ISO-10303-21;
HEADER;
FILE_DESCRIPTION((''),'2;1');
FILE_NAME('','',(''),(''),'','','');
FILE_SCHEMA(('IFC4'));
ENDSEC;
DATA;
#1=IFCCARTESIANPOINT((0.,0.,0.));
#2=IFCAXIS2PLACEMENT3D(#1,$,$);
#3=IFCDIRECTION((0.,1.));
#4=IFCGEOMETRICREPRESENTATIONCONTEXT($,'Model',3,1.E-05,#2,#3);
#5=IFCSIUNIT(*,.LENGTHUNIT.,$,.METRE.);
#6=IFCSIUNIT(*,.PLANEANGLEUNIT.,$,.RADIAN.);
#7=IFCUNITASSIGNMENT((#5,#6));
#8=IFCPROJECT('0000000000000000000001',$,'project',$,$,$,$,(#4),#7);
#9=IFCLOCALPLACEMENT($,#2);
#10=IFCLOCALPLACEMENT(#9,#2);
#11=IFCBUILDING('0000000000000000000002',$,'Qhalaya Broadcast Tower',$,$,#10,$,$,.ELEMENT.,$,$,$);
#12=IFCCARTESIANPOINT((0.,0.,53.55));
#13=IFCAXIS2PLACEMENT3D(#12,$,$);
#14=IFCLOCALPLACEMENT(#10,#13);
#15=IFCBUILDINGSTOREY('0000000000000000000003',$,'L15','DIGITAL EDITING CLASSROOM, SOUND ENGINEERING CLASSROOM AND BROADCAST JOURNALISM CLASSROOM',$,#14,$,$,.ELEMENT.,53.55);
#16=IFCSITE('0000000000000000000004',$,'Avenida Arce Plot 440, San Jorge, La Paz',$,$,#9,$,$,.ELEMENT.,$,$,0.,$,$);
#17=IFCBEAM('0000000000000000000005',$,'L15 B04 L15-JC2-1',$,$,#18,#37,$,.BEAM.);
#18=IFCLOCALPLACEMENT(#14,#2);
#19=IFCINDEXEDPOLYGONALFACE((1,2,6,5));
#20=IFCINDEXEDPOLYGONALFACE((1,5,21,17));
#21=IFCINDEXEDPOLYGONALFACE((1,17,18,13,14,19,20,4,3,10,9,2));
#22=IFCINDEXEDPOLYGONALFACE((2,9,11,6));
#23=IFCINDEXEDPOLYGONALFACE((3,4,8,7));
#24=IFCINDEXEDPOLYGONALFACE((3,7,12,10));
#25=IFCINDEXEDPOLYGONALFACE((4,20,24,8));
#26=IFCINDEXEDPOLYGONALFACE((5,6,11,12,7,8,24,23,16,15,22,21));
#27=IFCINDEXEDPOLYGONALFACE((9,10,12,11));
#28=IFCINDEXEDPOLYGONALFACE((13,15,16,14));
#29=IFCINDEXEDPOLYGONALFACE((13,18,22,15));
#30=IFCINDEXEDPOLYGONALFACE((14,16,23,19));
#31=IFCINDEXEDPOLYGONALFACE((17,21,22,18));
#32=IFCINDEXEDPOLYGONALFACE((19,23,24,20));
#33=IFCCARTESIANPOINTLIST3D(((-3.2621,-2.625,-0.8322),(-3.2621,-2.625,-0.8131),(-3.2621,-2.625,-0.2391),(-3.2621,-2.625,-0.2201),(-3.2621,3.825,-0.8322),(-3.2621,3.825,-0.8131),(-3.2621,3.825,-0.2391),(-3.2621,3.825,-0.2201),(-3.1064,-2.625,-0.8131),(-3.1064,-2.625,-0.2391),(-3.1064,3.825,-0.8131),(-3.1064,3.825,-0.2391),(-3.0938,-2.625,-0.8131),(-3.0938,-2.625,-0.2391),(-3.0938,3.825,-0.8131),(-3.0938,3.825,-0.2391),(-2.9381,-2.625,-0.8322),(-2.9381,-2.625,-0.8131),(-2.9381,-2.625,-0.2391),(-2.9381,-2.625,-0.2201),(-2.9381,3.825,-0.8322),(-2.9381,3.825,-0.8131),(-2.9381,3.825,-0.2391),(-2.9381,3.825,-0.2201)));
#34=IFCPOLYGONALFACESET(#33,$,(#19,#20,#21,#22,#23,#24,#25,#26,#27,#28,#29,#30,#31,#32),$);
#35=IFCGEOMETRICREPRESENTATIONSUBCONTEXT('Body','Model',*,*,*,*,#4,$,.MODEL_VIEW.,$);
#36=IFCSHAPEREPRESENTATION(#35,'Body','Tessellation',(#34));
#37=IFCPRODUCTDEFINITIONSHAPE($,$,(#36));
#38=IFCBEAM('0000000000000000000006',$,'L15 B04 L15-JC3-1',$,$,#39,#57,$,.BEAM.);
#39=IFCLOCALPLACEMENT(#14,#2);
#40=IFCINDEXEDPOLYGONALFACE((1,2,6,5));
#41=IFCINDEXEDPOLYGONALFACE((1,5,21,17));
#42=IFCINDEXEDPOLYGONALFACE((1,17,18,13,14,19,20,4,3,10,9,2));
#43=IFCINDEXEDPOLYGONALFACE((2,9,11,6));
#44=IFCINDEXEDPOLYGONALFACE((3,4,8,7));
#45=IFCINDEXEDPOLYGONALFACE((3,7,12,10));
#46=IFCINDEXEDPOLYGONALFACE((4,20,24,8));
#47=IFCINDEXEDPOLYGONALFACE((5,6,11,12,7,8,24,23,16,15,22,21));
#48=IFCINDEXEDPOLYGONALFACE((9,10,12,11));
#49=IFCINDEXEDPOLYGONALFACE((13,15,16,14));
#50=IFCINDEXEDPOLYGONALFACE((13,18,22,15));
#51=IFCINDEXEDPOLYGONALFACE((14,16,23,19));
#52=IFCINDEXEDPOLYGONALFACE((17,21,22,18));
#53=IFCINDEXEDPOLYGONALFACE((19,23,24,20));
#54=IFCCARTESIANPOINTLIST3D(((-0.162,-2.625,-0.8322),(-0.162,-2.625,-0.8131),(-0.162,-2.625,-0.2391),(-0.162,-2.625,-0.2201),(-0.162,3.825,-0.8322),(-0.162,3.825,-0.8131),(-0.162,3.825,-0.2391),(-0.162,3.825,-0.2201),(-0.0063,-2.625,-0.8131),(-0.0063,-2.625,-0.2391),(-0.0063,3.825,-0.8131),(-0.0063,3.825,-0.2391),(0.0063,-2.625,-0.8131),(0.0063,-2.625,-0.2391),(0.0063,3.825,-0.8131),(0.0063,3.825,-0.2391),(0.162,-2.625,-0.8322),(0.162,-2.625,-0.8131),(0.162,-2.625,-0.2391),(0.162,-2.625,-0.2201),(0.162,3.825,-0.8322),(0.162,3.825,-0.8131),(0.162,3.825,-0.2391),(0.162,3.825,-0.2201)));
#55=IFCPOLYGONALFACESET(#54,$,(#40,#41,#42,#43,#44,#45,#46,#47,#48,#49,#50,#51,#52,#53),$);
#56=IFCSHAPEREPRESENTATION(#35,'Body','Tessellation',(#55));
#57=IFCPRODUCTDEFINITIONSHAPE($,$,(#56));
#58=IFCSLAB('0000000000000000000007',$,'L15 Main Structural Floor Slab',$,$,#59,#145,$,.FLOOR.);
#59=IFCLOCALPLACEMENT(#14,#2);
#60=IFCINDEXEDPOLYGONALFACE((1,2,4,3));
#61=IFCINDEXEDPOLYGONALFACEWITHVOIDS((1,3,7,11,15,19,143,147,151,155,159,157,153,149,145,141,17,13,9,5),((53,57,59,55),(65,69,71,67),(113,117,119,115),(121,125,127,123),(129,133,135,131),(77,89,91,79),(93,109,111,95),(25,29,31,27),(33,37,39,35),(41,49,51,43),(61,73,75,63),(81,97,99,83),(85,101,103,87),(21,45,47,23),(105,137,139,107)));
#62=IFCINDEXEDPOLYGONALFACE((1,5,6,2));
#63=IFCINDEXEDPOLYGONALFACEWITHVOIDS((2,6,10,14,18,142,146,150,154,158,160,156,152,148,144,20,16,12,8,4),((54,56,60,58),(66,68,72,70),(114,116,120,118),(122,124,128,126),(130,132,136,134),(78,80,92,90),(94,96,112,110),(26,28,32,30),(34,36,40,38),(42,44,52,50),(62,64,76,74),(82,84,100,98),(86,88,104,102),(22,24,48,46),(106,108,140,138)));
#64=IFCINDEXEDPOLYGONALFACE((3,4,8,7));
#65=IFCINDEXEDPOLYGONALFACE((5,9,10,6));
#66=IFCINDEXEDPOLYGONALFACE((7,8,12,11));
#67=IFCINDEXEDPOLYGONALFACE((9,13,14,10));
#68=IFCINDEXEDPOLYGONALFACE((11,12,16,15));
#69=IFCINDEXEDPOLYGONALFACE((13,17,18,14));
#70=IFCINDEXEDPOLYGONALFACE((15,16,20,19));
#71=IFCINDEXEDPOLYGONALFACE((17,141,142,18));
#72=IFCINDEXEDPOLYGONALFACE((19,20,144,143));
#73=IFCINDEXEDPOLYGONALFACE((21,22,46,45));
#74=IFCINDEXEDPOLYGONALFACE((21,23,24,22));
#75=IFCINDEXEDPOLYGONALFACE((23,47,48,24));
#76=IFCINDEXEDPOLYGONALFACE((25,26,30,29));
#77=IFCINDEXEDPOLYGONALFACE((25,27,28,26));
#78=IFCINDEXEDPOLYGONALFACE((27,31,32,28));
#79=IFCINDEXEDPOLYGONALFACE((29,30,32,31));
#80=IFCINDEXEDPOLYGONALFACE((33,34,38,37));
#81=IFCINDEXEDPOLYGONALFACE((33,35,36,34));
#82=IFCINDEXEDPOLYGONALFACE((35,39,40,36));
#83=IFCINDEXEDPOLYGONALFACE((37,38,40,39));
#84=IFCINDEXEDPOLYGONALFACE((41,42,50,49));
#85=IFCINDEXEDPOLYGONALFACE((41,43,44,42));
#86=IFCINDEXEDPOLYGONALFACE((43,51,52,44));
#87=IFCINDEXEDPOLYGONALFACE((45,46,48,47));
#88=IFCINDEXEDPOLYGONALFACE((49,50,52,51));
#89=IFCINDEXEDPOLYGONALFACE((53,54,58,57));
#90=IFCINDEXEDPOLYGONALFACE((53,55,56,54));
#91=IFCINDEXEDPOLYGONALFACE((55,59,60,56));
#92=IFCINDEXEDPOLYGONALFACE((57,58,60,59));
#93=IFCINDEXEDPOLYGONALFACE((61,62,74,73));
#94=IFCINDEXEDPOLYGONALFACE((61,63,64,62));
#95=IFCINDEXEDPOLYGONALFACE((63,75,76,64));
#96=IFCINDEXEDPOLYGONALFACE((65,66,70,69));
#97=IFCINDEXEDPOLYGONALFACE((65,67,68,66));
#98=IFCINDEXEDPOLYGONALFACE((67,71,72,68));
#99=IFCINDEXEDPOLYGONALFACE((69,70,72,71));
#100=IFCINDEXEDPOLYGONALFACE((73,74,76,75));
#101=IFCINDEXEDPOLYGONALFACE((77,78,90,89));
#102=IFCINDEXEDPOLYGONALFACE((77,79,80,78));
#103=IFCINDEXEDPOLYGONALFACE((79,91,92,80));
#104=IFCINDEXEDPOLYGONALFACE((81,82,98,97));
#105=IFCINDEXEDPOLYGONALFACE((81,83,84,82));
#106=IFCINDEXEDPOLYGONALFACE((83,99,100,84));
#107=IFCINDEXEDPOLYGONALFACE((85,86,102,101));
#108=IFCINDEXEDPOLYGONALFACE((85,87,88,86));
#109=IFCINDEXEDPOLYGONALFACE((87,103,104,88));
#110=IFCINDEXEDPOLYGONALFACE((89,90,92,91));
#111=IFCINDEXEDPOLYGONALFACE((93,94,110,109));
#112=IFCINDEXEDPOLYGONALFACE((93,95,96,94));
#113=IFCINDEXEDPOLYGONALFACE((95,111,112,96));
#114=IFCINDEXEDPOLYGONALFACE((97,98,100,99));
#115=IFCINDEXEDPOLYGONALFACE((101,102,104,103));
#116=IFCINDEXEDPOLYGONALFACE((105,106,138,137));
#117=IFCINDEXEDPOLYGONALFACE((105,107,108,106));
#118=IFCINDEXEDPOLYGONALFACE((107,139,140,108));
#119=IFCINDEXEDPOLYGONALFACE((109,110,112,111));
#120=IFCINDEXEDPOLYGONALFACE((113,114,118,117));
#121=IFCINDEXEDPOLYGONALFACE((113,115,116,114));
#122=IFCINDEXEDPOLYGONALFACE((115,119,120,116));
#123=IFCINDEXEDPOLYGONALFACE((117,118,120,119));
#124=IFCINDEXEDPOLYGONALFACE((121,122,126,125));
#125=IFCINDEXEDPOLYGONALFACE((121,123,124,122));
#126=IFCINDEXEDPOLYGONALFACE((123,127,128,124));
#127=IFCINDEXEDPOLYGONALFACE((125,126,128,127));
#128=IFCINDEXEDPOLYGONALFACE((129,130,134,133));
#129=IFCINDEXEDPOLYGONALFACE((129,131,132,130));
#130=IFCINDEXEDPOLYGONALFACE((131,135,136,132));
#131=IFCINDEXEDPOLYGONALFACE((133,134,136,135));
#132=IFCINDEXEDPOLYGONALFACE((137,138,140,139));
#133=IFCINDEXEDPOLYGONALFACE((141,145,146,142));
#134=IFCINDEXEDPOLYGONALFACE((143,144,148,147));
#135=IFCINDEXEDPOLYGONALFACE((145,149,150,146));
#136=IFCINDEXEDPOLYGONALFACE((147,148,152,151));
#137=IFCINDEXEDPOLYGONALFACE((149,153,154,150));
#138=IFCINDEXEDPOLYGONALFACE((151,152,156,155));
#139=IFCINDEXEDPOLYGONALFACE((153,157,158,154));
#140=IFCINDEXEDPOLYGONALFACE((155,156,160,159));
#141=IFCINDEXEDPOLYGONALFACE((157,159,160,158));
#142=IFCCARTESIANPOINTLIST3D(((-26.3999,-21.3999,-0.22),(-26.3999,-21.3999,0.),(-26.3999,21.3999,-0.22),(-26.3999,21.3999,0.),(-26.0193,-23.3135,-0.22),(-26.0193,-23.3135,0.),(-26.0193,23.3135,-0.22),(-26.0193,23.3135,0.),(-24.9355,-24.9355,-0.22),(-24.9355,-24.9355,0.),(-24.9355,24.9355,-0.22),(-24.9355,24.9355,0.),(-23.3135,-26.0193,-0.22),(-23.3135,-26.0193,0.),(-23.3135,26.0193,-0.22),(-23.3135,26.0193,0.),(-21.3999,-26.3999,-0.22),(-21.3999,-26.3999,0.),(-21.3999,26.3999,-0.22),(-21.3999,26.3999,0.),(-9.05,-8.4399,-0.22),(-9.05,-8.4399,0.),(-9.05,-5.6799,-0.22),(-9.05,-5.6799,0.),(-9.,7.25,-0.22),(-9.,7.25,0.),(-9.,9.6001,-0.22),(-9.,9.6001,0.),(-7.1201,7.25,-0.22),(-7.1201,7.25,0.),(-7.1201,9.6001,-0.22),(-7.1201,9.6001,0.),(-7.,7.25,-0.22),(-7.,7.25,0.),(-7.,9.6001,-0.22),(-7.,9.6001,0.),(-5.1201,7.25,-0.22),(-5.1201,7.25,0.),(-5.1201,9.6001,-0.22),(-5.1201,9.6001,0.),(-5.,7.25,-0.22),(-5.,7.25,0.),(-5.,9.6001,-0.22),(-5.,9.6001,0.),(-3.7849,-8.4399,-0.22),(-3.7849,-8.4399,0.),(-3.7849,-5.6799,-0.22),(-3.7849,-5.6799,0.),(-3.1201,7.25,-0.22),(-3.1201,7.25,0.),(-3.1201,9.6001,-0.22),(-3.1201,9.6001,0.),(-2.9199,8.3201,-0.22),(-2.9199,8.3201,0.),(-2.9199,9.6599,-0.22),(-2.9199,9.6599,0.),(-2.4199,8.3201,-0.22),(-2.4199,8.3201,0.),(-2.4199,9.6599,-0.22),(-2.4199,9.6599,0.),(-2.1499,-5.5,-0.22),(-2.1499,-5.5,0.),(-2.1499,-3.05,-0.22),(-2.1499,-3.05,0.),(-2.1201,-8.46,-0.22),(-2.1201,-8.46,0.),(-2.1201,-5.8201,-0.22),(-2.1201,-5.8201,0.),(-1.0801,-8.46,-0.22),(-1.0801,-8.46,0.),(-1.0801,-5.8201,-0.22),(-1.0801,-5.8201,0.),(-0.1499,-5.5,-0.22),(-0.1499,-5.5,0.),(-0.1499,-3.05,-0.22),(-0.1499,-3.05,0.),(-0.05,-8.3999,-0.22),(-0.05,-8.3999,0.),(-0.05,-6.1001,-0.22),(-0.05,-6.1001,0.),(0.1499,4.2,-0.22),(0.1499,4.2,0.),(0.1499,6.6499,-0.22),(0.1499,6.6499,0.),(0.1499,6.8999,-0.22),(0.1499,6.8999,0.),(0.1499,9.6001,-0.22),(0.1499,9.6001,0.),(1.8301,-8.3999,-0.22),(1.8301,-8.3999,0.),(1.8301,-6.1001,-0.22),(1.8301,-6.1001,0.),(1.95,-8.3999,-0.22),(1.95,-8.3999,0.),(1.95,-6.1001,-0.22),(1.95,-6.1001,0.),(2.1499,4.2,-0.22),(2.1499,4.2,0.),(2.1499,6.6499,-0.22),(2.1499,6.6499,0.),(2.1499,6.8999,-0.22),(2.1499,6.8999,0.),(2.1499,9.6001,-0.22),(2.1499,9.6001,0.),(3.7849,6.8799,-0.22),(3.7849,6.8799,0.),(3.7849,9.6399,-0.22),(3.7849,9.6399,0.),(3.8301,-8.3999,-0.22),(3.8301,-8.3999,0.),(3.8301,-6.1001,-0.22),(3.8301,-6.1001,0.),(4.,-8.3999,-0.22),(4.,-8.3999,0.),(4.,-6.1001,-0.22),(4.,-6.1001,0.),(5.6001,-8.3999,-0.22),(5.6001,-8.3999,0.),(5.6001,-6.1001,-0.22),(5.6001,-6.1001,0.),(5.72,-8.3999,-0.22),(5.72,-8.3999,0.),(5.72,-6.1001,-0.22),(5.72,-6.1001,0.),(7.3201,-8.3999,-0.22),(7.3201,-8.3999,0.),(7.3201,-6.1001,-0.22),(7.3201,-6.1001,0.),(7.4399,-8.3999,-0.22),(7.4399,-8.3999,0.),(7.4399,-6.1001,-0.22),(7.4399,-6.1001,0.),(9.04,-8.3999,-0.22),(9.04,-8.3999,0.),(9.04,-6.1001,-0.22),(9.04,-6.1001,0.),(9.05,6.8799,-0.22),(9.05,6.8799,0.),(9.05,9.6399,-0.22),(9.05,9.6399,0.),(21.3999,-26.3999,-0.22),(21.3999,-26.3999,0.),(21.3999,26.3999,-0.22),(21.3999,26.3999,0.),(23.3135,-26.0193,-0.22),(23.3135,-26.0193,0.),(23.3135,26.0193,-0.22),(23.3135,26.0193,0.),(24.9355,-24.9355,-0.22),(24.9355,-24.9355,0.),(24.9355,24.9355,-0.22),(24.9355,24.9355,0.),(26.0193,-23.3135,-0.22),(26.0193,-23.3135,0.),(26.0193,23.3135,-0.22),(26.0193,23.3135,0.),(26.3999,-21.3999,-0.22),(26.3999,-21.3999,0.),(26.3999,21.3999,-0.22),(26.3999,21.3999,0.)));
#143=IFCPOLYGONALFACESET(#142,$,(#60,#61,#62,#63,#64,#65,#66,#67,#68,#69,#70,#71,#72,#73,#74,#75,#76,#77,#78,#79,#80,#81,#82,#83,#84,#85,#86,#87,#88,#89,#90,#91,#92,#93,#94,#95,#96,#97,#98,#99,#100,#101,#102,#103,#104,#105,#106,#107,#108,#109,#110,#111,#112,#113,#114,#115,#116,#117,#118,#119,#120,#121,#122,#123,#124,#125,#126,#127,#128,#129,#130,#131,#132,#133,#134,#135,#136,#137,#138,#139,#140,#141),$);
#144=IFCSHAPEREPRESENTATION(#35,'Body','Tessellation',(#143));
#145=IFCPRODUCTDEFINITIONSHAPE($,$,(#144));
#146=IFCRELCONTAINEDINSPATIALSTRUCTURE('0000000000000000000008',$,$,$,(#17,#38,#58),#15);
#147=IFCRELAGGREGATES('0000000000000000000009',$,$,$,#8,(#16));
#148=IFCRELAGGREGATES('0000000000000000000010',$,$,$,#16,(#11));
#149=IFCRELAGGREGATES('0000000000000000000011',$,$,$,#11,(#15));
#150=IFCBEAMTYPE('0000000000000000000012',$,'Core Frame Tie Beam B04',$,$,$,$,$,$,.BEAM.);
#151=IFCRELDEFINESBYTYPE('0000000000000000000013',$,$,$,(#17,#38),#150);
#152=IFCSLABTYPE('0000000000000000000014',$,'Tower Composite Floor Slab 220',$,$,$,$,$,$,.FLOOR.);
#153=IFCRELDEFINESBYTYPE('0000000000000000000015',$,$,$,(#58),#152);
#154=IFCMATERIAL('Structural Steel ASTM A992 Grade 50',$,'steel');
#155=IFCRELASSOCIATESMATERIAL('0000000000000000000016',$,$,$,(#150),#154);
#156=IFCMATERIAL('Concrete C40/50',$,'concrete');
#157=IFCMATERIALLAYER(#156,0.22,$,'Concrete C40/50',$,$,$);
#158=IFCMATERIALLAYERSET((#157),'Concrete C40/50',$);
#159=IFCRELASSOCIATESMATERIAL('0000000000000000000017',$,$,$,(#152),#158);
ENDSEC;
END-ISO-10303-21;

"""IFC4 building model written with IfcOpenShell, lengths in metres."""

from ifc_helpers import new_model, si_unit, direction, frame, origin, origin_2d, place, context, subcontext, project, spatial, polyline, i_section, outline, extrude, material, layer, layer_set, material_profile, profile_set, type_object, element, save


model = new_model("IFC4")

# Units and contexts
model_context = context("Model", 3, precision=1e-05, world=origin(), true_north=direction((0.0, 1.0)))
body_context = subcontext(model_context, "Body", "Model", "MODEL_VIEW")
ifc_project = project(units=[si_unit("LENGTHUNIT", "METRE"), si_unit("PLANEANGLEUNIT", "RADIAN")], contexts=[model_context])

# Site, building, storey
site_placement = place(None, origin())
site = spatial("IfcSite", under=ifc_project, at=site_placement, Name="Avenida Arce Plot 440, San Jorge, La Paz", CompositionType="ELEMENT", RefElevation=0.0)
building_placement = place(site_placement, origin())
building = spatial("IfcBuilding", under=site, at=building_placement, Name="Qhalaya Broadcast Tower", CompositionType="ELEMENT")
storey_placement = place(building_placement, frame((0.0, 0.0, 53.55)))
storey = spatial("IfcBuildingStorey", under=building, at=storey_placement, Name="L15", Description="DIGITAL EDITING CLASSROOM, SOUND ENGINEERING CLASSROOM AND BROADCAST JOURNALISM CLASSROOM", CompositionType="ELEMENT", Elevation=53.55)

# Beams
ifc_material_1 = material(Name="Structural Steel ASTM A992 Grade 50", Category="steel")
ifc_material_profile = material_profile(ifc_material_1, i_section(OverallWidth=0.324, OverallDepth=0.6121, WebThickness=0.0127, FlangeThickness=0.019, at=origin_2d()), Name="W24X104")
ifc_profile_set = profile_set([ifc_material_profile], Name="Structural Steel ASTM A992 Grade 50")
beam_type = type_object("IfcBeamType", Name="Core Frame Tie Beam B04", PredefinedType="BEAM", material=ifc_profile_set)
for number, where, z_axis, x_axis, name in (
    (1, (-3.1001, -2.625, -0.5261), (0.0, 1.0, 0.0), (-1.0, 0.0, 0.0), "L15 B04 L15-JC2-1"),
    (2, (0.0, -2.625, -0.5261), (0.0, 1.0, 0.0), (-1.0, 0.0, 0.0), "L15 B04 L15-JC3-1"),
):
    element("IfcBeam", number, at=place(storey_placement, frame(where, z_axis=z_axis, x_axis=x_axis)), inside=storey, type_object=beam_type, Name=name, PredefinedType="BEAM", context=body_context, shape_type="SweptSolid", body=[
        extrude(i_section(OverallWidth=0.324, OverallDepth=0.6121, WebThickness=0.0127, FlangeThickness=0.019, at=origin_2d()), origin(), (0.0, 0.0, 1.0), 6.45),
    ])

# Slab
ifc_material_2 = material(Name="Concrete C40/50", Category="concrete")
ifc_layer_1 = layer(ifc_material_2, 0.22, Name="Concrete C40/50")
ifc_layer_set_1 = layer_set([ifc_layer_1], Name="Concrete C40/50")
slab_type = type_object("IfcSlabType", Name="Tower Composite Floor Slab 220", PredefinedType="FLOOR", material=ifc_layer_set_1)
slab_placement = place(storey_placement, frame((0.0, 0.0, -0.22)))
element("IfcSlab", 3, at=slab_placement, inside=storey, type_object=slab_type, Name="L15 Main Structural Floor Slab", PredefinedType="FLOOR", context=body_context, shape_type="SweptSolid", body=[
    extrude(outline(polyline([(21.3999, -26.3999), (23.3135, -26.0193), (24.9355, -24.9355), (26.0193, -23.3135), (26.3999, -21.3999), (26.3999, 21.3999), (26.0193, 23.3135), (24.9355, 24.9355), (23.3135, 26.0193), (21.3999, 26.3999), (-21.3999, 26.3999), (-23.3135, 26.0193), (-24.9355, 24.9355), (-26.0193, 23.3135), (-26.3999, 21.3999), (-26.3999, -21.3999), (-26.0193, -23.3135), (-24.9355, -24.9355), (-23.3135, -26.0193), (-21.3999, -26.3999), (21.3999, -26.3999)]), holes=[polyline([(3.7849, 9.6399), (9.05, 9.6399), (9.05, 6.8799), (3.7849, 6.8799), (3.7849, 9.6399)]), polyline([(-3.7849, -8.4399), (-9.05, -8.4399), (-9.05, -5.6799), (-3.7849, -5.6799), (-3.7849, -8.4399)]), polyline([(0.1499, 6.6499), (2.1499, 6.6499), (2.1499, 4.2), (0.1499, 4.2), (0.1499, 6.6499)]), polyline([(0.1499, 9.6001), (2.1499, 9.6001), (2.1499, 6.8999), (0.1499, 6.8999), (0.1499, 9.6001)]), polyline([(-2.1499, -3.05), (-0.1499, -3.05), (-0.1499, -5.5), (-2.1499, -5.5), (-2.1499, -3.05)]), polyline([(-9.0, 9.6001), (-7.1201, 9.6001), (-7.1201, 7.25), (-9.0, 7.25), (-9.0, 9.6001)]), polyline([(-7.0, 9.6001), (-5.1201, 9.6001), (-5.1201, 7.25), (-7.0, 7.25), (-7.0, 9.6001)]), polyline([(-5.0, 9.6001), (-3.1201, 9.6001), (-3.1201, 7.25), (-5.0, 7.25), (-5.0, 9.6001)]), polyline([(-0.05, -6.1001), (1.8301, -6.1001), (1.8301, -8.3999), (-0.05, -8.3999), (-0.05, -6.1001)]), polyline([(1.95, -6.1001), (3.8301, -6.1001), (3.8301, -8.3999), (1.95, -8.3999), (1.95, -6.1001)]), polyline([(4.0, -6.1001), (5.6001, -6.1001), (5.6001, -8.3999), (4.0, -8.3999), (4.0, -6.1001)]), polyline([(5.72, -6.1001), (7.3201, -6.1001), (7.3201, -8.3999), (5.72, -8.3999), (5.72, -6.1001)]), polyline([(7.4399, -6.1001), (9.04, -6.1001), (9.04, -8.3999), (7.4399, -8.3999), (7.4399, -6.1001)]), polyline([(-2.9199, 9.6599), (-2.4199, 9.6599), (-2.4199, 8.3201), (-2.9199, 8.3201), (-2.9199, 9.6599)]), polyline([(-2.1201, -5.8201), (-1.0801, -5.8201), (-1.0801, -8.46), (-2.1201, -8.46), (-2.1201, -5.8201)])]), origin(), (0.0, 0.0, 1.0), 0.22),
])

save(model, "model.ifc")
